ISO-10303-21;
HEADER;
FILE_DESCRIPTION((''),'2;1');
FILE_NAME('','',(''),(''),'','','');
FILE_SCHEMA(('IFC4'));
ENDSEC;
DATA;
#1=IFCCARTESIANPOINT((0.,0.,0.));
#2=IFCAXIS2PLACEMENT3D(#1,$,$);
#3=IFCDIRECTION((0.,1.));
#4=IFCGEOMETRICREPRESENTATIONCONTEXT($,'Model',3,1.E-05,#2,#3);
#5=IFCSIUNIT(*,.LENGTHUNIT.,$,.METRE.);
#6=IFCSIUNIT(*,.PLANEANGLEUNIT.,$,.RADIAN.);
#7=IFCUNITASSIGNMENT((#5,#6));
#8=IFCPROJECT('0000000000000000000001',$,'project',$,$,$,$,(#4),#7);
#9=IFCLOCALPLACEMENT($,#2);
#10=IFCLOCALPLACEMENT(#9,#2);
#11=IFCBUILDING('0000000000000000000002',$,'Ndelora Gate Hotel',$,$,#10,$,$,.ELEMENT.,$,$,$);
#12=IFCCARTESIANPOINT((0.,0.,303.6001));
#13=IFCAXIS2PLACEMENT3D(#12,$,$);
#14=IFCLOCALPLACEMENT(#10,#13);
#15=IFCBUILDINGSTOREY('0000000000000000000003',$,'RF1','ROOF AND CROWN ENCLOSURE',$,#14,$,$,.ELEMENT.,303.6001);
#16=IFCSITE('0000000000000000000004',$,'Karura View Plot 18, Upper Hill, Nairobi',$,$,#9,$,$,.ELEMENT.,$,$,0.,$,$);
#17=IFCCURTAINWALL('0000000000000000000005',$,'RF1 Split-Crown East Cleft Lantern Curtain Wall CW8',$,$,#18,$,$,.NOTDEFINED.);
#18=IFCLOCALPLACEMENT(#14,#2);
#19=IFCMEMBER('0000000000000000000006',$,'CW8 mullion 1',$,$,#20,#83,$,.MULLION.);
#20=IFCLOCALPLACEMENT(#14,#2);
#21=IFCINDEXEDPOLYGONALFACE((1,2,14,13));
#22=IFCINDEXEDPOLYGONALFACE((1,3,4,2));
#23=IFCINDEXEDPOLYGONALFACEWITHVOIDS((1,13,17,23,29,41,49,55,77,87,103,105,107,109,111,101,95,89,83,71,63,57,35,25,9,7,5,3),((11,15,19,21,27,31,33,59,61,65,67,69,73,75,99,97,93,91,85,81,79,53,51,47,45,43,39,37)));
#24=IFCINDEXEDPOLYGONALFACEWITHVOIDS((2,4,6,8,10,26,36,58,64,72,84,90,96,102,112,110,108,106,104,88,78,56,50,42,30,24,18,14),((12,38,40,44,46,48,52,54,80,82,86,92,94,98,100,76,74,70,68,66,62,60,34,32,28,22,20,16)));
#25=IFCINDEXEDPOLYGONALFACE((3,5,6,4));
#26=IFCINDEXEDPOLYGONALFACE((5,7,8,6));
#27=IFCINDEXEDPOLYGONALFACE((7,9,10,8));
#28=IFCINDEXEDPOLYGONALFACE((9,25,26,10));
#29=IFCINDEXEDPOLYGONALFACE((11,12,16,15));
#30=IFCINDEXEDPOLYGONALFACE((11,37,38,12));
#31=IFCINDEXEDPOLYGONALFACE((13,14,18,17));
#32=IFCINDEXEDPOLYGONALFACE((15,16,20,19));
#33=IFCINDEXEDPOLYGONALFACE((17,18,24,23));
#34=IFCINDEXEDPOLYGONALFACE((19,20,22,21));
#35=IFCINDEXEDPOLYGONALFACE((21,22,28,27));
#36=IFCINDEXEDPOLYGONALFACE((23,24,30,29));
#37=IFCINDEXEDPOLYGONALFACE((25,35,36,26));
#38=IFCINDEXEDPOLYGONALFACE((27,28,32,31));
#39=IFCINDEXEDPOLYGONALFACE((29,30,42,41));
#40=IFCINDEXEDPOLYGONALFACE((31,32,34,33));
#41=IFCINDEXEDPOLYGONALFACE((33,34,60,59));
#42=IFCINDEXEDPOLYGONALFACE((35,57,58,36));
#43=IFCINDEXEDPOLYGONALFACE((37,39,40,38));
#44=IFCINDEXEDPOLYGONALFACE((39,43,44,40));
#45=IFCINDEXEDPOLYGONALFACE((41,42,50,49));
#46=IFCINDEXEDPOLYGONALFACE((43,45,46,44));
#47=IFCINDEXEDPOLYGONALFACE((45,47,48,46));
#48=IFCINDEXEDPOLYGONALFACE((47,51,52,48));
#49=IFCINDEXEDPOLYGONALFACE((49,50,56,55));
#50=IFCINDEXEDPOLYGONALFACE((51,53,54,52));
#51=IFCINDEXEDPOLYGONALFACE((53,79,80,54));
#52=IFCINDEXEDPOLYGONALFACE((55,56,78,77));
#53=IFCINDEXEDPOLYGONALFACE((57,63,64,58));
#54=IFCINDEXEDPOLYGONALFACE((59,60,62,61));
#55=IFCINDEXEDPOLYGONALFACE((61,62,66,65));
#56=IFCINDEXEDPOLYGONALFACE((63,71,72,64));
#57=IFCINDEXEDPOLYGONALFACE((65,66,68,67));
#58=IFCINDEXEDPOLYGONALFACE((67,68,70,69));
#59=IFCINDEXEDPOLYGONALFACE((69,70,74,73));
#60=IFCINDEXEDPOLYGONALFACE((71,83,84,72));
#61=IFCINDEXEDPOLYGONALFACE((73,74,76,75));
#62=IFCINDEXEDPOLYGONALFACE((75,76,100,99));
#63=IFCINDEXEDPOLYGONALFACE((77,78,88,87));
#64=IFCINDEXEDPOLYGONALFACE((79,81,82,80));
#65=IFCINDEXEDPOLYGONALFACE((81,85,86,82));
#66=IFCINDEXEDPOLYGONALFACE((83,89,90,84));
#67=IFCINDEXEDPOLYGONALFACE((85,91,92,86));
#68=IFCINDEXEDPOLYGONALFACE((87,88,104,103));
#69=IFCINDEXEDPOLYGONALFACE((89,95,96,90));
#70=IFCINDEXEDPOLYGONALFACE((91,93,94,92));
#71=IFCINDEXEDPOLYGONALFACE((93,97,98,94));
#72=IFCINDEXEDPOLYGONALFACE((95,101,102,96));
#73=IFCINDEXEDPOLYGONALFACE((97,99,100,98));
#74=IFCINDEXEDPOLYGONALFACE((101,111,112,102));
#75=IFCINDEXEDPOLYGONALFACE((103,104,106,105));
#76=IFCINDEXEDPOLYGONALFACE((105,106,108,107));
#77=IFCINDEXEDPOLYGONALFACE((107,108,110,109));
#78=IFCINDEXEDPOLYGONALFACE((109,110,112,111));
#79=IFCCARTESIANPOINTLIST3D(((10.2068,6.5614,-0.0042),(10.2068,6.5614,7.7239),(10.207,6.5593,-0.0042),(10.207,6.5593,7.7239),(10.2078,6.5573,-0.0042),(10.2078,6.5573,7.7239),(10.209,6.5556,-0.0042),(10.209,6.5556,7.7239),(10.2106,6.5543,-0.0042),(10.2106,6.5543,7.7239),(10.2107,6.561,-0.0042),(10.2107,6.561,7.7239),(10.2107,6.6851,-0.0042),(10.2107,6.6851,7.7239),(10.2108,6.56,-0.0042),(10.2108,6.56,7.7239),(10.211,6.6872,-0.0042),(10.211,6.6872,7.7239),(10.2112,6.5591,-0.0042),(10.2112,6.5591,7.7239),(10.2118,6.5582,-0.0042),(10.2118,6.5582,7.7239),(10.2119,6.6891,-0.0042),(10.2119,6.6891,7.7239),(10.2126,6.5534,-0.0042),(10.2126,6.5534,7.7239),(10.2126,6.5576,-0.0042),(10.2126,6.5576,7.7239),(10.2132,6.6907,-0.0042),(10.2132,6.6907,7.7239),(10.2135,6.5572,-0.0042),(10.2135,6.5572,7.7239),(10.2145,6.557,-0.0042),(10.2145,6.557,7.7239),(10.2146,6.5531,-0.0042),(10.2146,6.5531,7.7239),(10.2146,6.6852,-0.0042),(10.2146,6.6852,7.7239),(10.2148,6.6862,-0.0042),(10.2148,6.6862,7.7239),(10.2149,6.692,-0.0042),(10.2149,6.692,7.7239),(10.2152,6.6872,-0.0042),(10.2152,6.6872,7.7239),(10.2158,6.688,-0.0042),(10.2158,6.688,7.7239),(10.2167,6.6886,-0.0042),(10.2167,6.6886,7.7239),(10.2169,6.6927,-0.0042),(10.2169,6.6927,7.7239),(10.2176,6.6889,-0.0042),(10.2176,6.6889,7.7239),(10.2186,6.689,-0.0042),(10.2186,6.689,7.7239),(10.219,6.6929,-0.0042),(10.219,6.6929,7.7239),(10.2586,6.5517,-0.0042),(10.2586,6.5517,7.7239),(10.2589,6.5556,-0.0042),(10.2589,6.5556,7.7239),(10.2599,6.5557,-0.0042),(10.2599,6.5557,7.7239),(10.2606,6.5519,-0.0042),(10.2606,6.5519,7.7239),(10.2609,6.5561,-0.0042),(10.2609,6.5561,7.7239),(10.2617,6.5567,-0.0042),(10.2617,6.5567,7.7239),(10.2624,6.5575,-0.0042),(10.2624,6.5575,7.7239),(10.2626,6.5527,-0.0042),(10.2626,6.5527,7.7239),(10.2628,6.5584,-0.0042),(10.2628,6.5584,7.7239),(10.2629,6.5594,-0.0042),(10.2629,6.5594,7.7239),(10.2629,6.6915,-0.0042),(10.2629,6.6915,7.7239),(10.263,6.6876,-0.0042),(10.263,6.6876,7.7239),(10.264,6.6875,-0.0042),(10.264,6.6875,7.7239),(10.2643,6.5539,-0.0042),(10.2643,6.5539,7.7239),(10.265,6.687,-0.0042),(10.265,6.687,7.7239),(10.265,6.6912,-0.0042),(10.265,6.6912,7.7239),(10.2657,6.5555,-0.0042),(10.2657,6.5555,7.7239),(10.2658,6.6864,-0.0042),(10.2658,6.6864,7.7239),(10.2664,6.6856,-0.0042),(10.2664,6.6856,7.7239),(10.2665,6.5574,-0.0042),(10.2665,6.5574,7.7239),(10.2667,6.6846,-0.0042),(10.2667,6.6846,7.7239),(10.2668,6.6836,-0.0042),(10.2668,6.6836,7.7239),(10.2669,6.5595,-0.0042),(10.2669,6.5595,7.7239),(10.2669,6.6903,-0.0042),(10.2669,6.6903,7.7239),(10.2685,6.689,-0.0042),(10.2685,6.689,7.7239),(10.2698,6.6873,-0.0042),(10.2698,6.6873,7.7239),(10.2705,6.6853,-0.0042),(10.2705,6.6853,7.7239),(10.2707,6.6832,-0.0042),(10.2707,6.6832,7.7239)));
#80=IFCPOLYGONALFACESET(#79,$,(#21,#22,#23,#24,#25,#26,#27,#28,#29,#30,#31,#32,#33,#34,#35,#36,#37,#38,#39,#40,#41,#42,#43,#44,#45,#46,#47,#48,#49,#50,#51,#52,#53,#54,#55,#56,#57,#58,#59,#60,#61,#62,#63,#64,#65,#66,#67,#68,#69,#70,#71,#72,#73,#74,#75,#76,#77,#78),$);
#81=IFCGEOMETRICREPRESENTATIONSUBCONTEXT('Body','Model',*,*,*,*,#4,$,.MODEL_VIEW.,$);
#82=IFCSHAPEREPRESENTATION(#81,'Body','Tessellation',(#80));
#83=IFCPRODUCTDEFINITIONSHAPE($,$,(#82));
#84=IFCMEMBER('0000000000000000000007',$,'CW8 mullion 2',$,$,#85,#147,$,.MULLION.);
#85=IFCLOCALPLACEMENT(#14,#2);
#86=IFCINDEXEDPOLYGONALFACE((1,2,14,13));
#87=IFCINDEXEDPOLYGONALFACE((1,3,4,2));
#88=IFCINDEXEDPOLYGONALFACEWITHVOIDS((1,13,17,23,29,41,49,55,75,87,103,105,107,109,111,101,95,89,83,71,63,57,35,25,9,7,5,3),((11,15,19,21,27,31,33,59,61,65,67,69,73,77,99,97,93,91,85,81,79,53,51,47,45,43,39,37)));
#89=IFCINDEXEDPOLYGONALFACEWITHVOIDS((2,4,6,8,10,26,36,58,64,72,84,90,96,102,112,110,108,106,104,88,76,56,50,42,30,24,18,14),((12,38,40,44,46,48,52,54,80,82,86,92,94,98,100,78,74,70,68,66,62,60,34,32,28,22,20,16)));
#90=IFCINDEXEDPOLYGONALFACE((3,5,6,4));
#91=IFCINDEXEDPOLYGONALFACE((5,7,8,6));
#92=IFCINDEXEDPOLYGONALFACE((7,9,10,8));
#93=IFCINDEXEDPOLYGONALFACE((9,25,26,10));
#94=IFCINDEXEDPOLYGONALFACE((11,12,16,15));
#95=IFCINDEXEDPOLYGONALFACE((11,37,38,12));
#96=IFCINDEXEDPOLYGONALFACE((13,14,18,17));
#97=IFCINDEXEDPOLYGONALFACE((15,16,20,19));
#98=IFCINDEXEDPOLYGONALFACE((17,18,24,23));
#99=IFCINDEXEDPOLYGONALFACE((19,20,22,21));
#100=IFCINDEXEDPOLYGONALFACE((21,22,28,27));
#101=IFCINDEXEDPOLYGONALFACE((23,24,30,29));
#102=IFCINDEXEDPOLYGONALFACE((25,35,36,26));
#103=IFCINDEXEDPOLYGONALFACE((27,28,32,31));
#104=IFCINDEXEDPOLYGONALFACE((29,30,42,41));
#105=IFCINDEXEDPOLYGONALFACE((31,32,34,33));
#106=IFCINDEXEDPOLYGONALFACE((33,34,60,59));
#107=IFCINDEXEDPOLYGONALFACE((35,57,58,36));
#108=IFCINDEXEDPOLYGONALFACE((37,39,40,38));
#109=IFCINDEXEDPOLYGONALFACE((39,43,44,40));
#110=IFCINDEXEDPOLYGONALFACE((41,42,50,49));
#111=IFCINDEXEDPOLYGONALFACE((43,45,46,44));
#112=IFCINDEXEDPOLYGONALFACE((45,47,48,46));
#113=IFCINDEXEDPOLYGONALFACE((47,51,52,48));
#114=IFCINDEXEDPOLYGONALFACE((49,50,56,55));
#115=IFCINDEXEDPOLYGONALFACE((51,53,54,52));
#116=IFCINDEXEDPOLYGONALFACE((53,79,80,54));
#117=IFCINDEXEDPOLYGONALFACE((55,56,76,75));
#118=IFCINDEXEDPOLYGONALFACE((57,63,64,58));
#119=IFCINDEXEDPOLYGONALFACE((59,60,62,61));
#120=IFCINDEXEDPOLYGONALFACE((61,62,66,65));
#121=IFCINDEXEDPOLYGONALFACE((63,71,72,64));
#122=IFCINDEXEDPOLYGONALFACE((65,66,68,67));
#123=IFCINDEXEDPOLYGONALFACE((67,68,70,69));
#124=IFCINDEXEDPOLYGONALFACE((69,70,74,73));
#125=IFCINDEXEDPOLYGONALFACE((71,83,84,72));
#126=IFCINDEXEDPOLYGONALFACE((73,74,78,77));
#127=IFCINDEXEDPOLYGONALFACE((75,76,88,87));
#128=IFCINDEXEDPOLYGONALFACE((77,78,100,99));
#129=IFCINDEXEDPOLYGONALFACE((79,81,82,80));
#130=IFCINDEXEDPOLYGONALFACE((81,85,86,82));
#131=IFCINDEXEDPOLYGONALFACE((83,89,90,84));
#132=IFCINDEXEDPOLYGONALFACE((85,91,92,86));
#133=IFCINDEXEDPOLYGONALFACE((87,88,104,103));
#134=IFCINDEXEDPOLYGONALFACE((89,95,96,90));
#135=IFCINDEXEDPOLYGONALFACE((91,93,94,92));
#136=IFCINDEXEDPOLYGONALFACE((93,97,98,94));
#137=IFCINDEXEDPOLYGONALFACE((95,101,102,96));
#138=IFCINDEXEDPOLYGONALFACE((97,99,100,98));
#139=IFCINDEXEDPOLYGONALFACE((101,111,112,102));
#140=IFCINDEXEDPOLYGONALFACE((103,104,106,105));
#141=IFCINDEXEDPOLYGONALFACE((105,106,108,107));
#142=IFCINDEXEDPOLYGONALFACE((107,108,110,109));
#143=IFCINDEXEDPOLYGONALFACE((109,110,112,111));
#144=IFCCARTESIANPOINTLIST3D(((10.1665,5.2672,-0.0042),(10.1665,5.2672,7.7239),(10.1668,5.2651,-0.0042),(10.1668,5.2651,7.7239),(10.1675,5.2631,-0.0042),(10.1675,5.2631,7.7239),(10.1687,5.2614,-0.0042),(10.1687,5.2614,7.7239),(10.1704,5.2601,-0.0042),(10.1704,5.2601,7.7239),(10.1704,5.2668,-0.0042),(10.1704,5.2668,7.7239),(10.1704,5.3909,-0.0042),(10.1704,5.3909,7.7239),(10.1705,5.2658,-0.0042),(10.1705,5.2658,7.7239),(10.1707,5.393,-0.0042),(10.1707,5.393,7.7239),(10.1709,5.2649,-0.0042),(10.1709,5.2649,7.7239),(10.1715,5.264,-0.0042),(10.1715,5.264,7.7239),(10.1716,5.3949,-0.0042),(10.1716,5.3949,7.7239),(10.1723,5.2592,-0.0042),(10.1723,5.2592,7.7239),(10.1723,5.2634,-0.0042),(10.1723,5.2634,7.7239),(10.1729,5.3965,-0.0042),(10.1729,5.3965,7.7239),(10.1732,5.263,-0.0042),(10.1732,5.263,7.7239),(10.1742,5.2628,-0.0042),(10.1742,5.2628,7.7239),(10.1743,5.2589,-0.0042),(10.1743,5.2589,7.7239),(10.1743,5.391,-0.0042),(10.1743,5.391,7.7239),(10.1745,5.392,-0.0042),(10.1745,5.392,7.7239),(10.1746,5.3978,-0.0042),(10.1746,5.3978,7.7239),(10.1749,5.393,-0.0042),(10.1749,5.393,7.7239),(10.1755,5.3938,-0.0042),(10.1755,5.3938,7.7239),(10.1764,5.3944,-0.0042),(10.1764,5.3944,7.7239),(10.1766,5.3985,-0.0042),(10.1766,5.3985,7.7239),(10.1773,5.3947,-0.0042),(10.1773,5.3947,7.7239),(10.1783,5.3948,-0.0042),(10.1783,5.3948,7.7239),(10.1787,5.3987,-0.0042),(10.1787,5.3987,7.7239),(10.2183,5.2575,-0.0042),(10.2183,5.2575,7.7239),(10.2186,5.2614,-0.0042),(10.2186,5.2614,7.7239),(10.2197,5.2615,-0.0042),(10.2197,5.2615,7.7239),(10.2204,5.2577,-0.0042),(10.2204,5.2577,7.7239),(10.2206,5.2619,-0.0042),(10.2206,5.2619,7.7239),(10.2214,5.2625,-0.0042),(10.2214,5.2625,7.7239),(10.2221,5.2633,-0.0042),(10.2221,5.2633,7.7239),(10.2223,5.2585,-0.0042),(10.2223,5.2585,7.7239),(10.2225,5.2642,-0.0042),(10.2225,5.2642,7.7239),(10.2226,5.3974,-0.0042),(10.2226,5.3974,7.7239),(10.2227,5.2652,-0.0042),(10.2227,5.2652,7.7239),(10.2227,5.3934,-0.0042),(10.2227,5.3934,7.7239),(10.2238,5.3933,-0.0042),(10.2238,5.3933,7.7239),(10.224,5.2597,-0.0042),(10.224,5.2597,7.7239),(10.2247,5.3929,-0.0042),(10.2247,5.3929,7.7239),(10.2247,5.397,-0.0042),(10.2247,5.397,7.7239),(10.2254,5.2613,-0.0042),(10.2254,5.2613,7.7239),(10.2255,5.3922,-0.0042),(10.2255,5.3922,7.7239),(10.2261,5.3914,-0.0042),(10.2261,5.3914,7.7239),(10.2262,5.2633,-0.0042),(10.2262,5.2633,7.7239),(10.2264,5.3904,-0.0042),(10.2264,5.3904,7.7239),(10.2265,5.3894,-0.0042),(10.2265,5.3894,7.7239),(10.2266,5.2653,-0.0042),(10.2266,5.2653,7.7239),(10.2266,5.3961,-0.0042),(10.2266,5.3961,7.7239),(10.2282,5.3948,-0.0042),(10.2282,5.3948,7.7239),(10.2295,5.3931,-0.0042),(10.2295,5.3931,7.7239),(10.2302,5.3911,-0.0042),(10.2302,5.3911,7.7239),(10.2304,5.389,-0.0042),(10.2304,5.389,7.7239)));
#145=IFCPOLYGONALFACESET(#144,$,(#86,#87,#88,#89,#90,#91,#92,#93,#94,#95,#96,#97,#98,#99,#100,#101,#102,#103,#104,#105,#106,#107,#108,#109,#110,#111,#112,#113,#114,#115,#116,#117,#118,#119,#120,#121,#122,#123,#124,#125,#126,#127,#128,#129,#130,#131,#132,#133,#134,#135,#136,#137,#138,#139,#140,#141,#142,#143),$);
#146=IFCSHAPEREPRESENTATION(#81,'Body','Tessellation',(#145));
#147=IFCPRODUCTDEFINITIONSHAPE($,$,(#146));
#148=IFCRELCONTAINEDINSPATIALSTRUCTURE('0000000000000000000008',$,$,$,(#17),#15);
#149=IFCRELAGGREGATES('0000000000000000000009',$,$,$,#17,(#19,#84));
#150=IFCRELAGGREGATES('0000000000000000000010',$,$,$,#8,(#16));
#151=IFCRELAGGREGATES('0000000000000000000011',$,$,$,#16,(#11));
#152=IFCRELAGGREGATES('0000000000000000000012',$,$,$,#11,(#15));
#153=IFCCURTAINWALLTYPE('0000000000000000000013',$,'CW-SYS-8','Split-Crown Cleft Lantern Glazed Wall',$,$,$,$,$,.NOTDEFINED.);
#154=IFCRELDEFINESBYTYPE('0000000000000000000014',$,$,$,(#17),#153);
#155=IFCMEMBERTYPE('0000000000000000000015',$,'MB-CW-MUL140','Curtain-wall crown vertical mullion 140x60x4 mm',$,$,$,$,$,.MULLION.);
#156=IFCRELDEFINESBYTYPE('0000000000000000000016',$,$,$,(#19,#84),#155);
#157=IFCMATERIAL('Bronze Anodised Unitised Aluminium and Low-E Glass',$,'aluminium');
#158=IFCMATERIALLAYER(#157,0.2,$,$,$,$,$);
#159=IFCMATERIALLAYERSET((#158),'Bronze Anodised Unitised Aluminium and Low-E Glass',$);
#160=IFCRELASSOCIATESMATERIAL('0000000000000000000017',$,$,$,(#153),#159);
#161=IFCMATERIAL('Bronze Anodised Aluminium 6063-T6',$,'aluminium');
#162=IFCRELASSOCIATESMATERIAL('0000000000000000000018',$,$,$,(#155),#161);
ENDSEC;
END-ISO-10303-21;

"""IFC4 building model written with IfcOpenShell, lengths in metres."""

from ifc_helpers import new_model, si_unit, direction, frame, origin, origin_2d, place, context, subcontext, project, spatial, hollow_rectangle, extrude, material, layer, layer_set, material_profile, profile_set, type_object, element, aggregate, save


model = new_model("IFC4")

# Units and contexts
model_context = context("Model", 3, precision=1e-05, world=origin(), true_north=direction((0.0, 1.0)))
body_context = subcontext(model_context, "Body", "Model", "MODEL_VIEW")
ifc_project = project(units=[si_unit("LENGTHUNIT", "METRE"), si_unit("PLANEANGLEUNIT", "RADIAN")], contexts=[model_context])

# Site, building, storey
site_placement = place(None, origin())
site = spatial("IfcSite", under=ifc_project, at=site_placement, Name="Karura View Plot 18, Upper Hill, Nairobi", CompositionType="ELEMENT", RefElevation=0.0)
building_placement = place(site_placement, origin())
building = spatial("IfcBuilding", under=site, at=building_placement, Name="Ndelora Gate Hotel", CompositionType="ELEMENT")
storey_placement = place(building_placement, frame((0.0, 0.0, 303.6001)))
storey = spatial("IfcBuildingStorey", under=building, at=storey_placement, Name="RF1", Description="ROOF AND CROWN ENCLOSURE", CompositionType="ELEMENT", Elevation=303.6001)

# Curtain wall, members
ifc_material_1 = material(Name="Bronze Anodised Unitised Aluminium and Low-E Glass", Category="aluminium")
ifc_layer_1 = layer(ifc_material_1, 0.2)
ifc_layer_set_1 = layer_set([ifc_layer_1], Name="Bronze Anodised Unitised Aluminium and Low-E Glass")
curtain_wall_type = type_object("IfcCurtainWallType", Name="CW-SYS-8", Description="Split-Crown Cleft Lantern Glazed Wall", PredefinedType="NOTDEFINED", material=ifc_layer_set_1)
ifc_material_2 = material(Name="Bronze Anodised Aluminium 6063-T6", Category="aluminium")
ifc_material_profile_1 = material_profile(ifc_material_2, hollow_rectangle(XDim=0.0601, YDim=0.1399, WallThickness=0.0039, InnerFilletRadius=0.0039, OuterFilletRadius=0.0081, at=origin_2d()), Name="ALU 140x60x4")
ifc_profile_set_1 = profile_set([ifc_material_profile_1], Name="Bronze Anodised Aluminium 6063-T6")
member_type_1 = type_object("IfcMemberType", Name="MB-CW-MUL140", Description="Curtain-wall crown vertical mullion 140x60x4 mm", PredefinedType="MULLION", material=ifc_profile_set_1)
curtain_wall_1_placement = place(storey_placement, origin())
curtain_wall_1 = element("IfcCurtainWall", 1, at=curtain_wall_1_placement, inside=storey, type_object=curtain_wall_type, Name="RF1 Split-Crown East Cleft Lantern Curtain Wall CW8", PredefinedType="NOTDEFINED")
member_1_placement = place(storey_placement, frame((10.2388, 6.6223, -0.0042), z_axis=(0.0, 0.0, 1.0), x_axis=(0.999515, -0.031131, 0.0)))
member_1 = element("IfcMember", 2, at=member_1_placement, type_object=member_type_1, Name="CW8 mullion 1", PredefinedType="MULLION", context=body_context, shape_type="SweptSolid", body=[
    extrude(hollow_rectangle(XDim=0.0601, YDim=0.1399, WallThickness=0.0039, InnerFilletRadius=0.0039, OuterFilletRadius=0.0081, at=origin_2d()), origin(), (0.0, 0.0, 1.0), 7.728),
])
member_2_placement = place(storey_placement, frame((10.1985, 5.3281, -0.0042), z_axis=(0.0, 0.0, 1.0), x_axis=(0.999515, -0.031131, 0.0)))
member_2 = element("IfcMember", 3, at=member_2_placement, type_object=member_type_1, Name="CW8 mullion 2", PredefinedType="MULLION", context=body_context, shape_type="SweptSolid", body=[
    extrude(hollow_rectangle(XDim=0.0601, YDim=0.1399, WallThickness=0.0039, InnerFilletRadius=0.0039, OuterFilletRadius=0.0081, at=origin_2d()), origin(), (0.0, 0.0, 1.0), 7.728),
])

aggregate(curtain_wall_1, [member_1, member_2])

save(model, "model.ifc")
